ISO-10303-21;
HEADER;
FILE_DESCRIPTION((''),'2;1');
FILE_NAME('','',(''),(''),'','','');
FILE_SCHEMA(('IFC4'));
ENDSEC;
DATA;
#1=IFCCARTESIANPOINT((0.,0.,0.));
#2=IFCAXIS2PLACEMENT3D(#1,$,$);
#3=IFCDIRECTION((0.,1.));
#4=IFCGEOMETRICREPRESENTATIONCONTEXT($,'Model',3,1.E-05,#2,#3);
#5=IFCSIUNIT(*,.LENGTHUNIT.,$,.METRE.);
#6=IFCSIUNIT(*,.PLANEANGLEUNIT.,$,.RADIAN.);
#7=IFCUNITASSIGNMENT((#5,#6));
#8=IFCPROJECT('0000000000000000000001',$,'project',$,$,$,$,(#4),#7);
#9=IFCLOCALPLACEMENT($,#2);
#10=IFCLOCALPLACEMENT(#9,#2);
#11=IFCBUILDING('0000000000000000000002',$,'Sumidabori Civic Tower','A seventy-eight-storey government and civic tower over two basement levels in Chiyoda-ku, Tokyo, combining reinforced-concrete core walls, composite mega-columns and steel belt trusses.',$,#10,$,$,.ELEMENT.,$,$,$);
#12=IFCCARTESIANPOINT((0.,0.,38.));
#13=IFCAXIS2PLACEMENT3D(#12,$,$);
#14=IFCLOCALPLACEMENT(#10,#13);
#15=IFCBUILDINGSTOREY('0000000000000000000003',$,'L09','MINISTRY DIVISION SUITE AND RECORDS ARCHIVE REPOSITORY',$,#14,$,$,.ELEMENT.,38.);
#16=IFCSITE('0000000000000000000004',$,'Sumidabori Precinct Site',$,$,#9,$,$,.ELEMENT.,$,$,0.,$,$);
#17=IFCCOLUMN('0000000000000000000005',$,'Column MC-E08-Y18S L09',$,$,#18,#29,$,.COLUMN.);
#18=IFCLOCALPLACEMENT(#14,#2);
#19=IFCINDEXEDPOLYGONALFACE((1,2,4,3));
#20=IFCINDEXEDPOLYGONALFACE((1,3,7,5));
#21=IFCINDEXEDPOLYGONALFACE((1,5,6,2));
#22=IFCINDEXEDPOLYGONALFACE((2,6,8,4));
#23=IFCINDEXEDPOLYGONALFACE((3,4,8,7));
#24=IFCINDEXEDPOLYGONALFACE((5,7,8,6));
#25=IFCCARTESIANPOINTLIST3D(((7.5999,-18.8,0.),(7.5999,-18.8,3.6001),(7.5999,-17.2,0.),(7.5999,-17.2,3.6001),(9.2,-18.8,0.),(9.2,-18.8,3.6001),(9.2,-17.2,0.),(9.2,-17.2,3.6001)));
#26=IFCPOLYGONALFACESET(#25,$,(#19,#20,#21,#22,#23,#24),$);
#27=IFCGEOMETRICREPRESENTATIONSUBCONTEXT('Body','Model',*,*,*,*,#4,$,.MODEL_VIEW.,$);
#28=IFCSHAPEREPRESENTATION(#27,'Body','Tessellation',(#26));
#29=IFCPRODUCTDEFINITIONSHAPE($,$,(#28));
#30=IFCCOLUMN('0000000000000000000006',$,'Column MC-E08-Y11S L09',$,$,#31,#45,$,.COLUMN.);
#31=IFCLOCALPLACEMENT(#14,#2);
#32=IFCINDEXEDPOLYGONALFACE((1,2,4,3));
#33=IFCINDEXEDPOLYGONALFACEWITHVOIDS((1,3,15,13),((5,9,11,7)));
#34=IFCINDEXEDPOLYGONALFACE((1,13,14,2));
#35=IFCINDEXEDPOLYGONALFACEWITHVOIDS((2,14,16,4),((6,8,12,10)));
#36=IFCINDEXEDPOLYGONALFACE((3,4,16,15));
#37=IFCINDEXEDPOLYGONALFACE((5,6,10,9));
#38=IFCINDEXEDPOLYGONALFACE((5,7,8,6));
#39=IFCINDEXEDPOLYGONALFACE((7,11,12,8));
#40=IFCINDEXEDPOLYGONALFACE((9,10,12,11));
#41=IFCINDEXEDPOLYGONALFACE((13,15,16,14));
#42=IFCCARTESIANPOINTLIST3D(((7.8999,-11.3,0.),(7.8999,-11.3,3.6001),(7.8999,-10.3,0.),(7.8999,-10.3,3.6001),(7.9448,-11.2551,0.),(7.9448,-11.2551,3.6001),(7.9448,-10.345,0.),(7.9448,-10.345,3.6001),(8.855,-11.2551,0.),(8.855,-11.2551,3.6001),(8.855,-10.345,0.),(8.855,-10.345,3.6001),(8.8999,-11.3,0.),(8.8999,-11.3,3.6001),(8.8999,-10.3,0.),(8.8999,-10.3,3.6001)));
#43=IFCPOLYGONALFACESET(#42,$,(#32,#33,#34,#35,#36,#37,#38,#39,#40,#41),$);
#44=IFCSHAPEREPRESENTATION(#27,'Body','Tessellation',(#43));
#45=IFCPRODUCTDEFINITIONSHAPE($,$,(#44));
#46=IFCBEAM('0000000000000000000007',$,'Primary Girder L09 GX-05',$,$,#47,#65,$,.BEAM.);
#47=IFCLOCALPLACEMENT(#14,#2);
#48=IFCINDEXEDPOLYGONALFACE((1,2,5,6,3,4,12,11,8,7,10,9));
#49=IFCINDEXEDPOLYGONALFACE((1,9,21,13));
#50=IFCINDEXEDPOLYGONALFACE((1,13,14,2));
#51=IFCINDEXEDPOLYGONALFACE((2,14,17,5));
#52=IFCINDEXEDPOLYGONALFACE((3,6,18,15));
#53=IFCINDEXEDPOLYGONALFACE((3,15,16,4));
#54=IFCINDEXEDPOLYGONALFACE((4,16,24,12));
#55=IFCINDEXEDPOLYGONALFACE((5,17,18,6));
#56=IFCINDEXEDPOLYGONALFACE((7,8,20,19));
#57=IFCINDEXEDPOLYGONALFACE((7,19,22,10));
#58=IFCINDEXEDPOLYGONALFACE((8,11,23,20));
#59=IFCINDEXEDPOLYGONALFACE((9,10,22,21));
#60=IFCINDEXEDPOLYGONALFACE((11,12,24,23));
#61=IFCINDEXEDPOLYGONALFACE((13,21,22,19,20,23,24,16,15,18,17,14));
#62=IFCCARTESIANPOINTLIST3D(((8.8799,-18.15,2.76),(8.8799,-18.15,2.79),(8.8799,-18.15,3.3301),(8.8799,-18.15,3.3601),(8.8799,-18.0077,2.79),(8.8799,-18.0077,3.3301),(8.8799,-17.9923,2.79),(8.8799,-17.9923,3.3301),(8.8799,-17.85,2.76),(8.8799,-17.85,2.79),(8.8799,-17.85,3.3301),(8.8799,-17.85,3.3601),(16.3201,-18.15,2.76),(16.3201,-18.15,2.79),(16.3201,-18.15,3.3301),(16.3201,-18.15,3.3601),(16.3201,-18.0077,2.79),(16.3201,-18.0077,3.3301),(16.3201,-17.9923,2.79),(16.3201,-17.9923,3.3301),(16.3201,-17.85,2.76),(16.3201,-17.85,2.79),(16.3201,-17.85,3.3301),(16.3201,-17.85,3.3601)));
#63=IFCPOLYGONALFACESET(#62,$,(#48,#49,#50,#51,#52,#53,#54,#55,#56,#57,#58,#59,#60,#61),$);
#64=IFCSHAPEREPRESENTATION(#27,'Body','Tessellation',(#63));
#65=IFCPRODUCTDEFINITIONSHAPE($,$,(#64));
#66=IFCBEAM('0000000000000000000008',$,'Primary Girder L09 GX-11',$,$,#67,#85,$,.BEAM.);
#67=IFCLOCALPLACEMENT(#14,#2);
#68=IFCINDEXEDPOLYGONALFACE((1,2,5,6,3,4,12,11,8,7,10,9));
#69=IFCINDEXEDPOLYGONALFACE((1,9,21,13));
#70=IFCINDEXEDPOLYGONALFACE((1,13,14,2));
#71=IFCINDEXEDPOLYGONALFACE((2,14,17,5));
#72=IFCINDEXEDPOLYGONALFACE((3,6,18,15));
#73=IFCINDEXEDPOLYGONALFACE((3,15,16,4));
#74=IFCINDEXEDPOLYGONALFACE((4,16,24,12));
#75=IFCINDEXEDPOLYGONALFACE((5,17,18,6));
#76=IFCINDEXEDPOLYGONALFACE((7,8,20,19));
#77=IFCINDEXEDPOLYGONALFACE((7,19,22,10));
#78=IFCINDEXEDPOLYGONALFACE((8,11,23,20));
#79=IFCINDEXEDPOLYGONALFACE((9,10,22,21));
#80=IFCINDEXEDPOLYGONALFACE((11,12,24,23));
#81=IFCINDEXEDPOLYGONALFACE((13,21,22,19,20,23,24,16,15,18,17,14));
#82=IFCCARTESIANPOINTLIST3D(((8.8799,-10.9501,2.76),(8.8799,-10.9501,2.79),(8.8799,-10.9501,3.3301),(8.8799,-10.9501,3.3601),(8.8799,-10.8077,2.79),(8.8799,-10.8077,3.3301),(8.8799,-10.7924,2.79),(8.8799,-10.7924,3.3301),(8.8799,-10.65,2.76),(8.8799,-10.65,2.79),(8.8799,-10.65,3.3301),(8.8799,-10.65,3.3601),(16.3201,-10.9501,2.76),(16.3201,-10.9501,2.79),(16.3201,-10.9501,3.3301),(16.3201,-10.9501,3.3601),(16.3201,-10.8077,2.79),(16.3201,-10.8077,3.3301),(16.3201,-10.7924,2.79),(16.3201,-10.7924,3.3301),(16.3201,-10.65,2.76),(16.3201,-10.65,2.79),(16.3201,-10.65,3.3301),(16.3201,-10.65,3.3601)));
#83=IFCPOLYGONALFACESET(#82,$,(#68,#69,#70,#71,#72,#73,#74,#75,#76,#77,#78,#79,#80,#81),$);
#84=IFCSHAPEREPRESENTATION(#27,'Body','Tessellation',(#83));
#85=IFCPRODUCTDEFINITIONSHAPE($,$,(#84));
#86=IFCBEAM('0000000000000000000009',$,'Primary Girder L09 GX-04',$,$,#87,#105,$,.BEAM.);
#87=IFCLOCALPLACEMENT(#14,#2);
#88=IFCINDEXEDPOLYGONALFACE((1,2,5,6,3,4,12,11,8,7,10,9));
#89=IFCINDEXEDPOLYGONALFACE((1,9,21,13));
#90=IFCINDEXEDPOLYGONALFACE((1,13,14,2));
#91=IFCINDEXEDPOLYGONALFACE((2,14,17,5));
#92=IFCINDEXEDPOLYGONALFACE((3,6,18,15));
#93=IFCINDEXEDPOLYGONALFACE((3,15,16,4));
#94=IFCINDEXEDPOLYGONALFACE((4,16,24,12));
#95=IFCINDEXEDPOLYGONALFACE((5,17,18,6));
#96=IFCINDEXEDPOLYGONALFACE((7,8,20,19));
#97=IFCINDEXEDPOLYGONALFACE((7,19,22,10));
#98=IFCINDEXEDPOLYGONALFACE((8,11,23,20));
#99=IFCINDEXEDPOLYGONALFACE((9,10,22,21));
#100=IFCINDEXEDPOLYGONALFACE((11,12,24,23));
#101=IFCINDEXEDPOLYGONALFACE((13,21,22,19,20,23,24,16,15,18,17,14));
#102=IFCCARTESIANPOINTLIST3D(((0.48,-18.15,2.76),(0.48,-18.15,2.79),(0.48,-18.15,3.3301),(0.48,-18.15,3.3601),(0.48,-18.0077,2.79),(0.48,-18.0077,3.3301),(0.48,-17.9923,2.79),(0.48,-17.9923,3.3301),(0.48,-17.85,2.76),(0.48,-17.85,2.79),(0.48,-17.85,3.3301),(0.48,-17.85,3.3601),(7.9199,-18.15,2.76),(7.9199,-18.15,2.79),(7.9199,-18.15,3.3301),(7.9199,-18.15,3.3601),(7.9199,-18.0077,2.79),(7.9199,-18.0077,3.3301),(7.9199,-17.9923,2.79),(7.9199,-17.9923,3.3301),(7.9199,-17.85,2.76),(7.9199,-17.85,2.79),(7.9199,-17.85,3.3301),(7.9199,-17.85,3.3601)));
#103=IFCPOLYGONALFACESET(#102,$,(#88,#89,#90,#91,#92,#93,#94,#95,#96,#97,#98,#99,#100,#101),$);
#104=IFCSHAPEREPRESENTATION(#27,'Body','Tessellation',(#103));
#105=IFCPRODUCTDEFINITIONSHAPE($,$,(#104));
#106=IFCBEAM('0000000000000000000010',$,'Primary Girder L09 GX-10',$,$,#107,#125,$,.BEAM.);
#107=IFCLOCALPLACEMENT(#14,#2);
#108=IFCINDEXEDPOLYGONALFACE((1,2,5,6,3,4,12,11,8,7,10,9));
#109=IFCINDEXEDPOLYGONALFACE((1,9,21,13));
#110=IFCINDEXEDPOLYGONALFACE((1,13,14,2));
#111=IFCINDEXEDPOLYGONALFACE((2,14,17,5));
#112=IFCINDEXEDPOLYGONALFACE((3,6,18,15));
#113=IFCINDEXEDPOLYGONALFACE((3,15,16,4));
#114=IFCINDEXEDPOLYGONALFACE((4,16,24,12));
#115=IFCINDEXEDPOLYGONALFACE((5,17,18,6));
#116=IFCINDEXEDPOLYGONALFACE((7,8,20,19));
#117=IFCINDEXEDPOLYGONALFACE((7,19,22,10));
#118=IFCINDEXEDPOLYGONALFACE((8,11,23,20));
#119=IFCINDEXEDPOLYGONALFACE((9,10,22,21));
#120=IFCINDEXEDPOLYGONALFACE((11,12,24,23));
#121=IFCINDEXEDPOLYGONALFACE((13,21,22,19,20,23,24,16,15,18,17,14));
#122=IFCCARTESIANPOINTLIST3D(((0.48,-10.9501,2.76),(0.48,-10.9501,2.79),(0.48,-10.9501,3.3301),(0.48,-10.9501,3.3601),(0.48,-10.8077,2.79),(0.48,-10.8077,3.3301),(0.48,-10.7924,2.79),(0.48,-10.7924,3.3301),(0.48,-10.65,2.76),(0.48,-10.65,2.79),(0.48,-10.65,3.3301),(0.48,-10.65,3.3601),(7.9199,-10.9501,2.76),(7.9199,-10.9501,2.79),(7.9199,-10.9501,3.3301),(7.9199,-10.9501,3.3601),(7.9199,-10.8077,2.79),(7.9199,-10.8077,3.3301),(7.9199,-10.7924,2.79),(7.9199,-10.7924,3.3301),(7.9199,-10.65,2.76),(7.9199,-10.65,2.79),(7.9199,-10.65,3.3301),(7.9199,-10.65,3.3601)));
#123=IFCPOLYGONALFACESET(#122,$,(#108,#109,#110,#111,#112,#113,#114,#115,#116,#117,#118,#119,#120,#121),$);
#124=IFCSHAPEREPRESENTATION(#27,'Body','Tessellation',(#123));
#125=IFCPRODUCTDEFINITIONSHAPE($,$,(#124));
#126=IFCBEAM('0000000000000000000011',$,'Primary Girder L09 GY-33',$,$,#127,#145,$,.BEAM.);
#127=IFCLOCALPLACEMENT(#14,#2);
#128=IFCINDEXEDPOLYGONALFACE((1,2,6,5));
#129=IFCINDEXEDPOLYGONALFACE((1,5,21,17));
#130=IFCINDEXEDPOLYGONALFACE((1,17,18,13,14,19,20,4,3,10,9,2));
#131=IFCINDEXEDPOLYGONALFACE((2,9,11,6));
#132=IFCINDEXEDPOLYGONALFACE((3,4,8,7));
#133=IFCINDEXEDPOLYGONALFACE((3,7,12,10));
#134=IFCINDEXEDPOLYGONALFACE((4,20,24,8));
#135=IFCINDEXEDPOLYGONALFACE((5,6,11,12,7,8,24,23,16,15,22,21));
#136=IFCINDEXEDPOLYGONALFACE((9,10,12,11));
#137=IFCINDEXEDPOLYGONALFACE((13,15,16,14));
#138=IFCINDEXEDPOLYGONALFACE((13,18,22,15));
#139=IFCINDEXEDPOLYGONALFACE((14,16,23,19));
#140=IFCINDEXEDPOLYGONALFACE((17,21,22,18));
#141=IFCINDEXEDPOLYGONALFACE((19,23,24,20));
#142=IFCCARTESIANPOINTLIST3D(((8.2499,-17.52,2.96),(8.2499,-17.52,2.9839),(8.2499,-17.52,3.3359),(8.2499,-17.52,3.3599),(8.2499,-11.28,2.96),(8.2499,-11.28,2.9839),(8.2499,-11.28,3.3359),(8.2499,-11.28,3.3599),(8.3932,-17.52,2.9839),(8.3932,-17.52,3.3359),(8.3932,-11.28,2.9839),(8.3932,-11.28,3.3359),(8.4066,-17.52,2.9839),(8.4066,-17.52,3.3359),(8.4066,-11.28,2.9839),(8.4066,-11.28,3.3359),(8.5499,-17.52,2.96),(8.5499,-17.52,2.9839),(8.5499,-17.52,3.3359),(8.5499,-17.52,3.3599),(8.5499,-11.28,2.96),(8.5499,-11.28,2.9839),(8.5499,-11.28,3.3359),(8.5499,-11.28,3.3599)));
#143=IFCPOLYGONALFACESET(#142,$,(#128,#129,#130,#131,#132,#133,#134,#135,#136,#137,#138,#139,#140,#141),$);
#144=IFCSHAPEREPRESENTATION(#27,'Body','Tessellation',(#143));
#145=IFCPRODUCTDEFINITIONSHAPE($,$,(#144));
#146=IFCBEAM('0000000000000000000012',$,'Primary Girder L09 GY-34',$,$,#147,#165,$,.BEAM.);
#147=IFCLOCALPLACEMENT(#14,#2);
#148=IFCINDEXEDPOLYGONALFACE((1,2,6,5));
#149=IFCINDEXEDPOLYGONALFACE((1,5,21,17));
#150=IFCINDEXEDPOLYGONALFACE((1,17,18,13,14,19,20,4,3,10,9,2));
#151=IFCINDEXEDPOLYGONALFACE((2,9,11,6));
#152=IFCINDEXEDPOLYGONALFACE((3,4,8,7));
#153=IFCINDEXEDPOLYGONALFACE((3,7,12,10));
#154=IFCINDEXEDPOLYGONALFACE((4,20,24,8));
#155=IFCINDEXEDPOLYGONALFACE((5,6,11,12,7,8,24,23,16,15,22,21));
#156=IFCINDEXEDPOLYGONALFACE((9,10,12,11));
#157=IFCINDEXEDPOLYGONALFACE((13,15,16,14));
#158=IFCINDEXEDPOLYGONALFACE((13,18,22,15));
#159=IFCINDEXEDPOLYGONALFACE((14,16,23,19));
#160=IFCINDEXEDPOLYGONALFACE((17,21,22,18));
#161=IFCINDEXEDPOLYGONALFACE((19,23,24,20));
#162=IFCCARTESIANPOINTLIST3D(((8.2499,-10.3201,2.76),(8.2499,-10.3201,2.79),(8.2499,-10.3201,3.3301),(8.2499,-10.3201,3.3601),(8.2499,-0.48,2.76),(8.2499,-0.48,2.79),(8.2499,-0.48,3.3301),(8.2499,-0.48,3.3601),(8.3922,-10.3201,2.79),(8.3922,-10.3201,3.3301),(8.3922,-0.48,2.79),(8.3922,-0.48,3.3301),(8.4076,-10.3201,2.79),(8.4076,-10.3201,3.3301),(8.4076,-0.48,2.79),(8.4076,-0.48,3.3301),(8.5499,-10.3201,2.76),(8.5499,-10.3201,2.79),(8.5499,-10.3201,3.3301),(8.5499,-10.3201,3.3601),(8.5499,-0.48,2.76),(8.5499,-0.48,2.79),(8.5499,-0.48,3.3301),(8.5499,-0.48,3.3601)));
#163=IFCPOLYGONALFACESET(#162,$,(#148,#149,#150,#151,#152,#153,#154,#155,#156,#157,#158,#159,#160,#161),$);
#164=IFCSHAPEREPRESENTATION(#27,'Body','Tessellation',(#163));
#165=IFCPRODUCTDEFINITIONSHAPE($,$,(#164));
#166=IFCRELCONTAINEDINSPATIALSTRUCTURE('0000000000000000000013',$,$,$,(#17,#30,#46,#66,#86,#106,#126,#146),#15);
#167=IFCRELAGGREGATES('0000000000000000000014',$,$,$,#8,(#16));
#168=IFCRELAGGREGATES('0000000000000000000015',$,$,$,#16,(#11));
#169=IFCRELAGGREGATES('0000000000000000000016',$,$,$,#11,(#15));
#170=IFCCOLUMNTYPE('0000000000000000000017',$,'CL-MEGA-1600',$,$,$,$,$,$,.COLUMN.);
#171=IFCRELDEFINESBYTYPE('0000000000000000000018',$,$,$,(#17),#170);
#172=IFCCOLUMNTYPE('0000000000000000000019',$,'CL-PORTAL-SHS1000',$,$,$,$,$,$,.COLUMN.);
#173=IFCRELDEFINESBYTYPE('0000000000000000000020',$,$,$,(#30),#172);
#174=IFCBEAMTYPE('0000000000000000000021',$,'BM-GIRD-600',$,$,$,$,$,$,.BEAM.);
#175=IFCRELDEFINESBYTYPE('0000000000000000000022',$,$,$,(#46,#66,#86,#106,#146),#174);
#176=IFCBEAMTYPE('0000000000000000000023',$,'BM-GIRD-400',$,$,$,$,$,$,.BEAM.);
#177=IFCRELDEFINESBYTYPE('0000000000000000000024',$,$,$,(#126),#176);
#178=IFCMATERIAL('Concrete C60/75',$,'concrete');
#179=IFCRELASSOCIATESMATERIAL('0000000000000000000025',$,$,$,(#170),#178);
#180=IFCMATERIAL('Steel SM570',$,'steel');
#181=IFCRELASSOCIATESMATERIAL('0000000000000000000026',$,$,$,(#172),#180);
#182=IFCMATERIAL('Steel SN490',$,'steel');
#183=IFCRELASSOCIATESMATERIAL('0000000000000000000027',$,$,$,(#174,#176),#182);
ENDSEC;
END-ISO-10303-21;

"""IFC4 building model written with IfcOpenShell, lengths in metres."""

from ifc_helpers import new_model, si_unit, direction, frame, origin, origin_2d, place, context, subcontext, project, spatial, rectangle, hollow_rectangle, i_section, extrude, source, transform, mapped, material, material_profile, profile_set, type_object, element, save


model = new_model("IFC4")

# Units and contexts
model_context = context("Model", 3, precision=1e-05, world=origin(), true_north=direction((0.0, 1.0)))
body_context = subcontext(model_context, "Body", "Model", "MODEL_VIEW")
ifc_project = project(units=[si_unit("LENGTHUNIT", "METRE"), si_unit("PLANEANGLEUNIT", "RADIAN")], contexts=[model_context])

# Site, building, storey
site_placement = place(None, origin())
site = spatial("IfcSite", under=ifc_project, at=site_placement, Name="Sumidabori Precinct Site", CompositionType="ELEMENT", RefElevation=0.0)
building_placement = place(site_placement, origin())
building = spatial("IfcBuilding", under=site, at=building_placement, Name="Sumidabori Civic Tower", Description="A seventy-eight-storey government and civic tower over two basement levels in Chiyoda-ku, Tokyo, combining reinforced-concrete core walls, composite mega-columns and steel belt trusses.", CompositionType="ELEMENT")
storey_placement = place(building_placement, frame((0.0, 0.0, 38.0)))
storey = spatial("IfcBuildingStorey", under=building, at=storey_placement, Name="L09", Description="MINISTRY DIVISION SUITE AND RECORDS ARCHIVE REPOSITORY", CompositionType="ELEMENT", Elevation=38.0)

# Columns
ifc_material_1 = material(Name="Concrete C60/75", Category="concrete")
ifc_material_profile_1 = material_profile(ifc_material_1, rectangle(XDim=1.6001, YDim=1.6001, at=origin_2d()), Name="RC 1600x1600")
ifc_profile_set_1 = profile_set([ifc_material_profile_1], Name="Concrete C60/75")
column_type_1 = type_object("IfcColumnType", Name="CL-MEGA-1600", PredefinedType="COLUMN", material=ifc_profile_set_1)
shared_shape_1 = source(origin(), body_context, "Body", "SweptSolid", [
    extrude(rectangle(XDim=1.6001, YDim=1.6001, at=origin_2d()), origin(), (0.0, 0.0, 1.0), 3.6001),
])
column_1_placement = place(storey_placement, frame((8.3999, -18.0, 0.0), z_axis=(0.0, 0.0, 1.0), x_axis=(1.0, 0.0, 0.0)))
element("IfcColumn", 1, at=column_1_placement, inside=storey, type_object=column_type_1, Name="Column MC-E08-Y18S L09", PredefinedType="COLUMN", context=body_context, shape_type="MappedRepresentation", body=[
    mapped(shared_shape_1, transform((0.0, 0.0, 0.0), x_axis=(1.0, 0.0, 0.0), y_axis=(0.0, 1.0, 0.0), z_axis=(0.0, 0.0, 1.0), scale=1.0)),
])
ifc_material_2 = material(Name="Steel SM570", Category="steel")
ifc_material_profile_2 = material_profile(ifc_material_2, hollow_rectangle(XDim=1.0, YDim=1.0, WallThickness=0.0449, at=origin_2d()), Name="SHS 1000x1000x45")
ifc_profile_set_2 = profile_set([ifc_material_profile_2], Name="Steel SM570")
column_type_2 = type_object("IfcColumnType", Name="CL-PORTAL-SHS1000", PredefinedType="COLUMN", material=ifc_profile_set_2)
shared_shape_2 = source(origin(), body_context, "Body", "SweptSolid", [
    extrude(hollow_rectangle(XDim=1.0, YDim=1.0, WallThickness=0.0449, at=origin_2d()), origin(), (0.0, 0.0, 1.0), 3.6001),
])
column_2_placement = place(storey_placement, frame((8.3999, -10.8, 0.0), z_axis=(0.0, 0.0, 1.0), x_axis=(1.0, 0.0, 0.0)))
element("IfcColumn", 2, at=column_2_placement, inside=storey, type_object=column_type_2, Name="Column MC-E08-Y11S L09", PredefinedType="COLUMN", context=body_context, shape_type="MappedRepresentation", body=[
    mapped(shared_shape_2, transform((0.0, 0.0, 0.0), x_axis=(1.0, 0.0, 0.0), y_axis=(0.0, 1.0, 0.0), z_axis=(0.0, 0.0, 1.0), scale=1.0)),
])

# Beams
ifc_material_3 = material(Name="Steel SN490", Category="steel")
ifc_material_profile_3 = material_profile(ifc_material_3, i_section(OverallWidth=0.3, OverallDepth=0.6001, WebThickness=0.0154, FlangeThickness=0.03, at=origin_2d()), Name="HE 600 B")
ifc_profile_set_3 = profile_set([ifc_material_profile_3], Name="Steel SN490")
beam_type_1 = type_object("IfcBeamType", Name="BM-GIRD-600", PredefinedType="BEAM", material=ifc_profile_set_3)
shared_shape_3 = source(origin(), body_context, "Body", "SweptSolid", [
    extrude(i_section(OverallWidth=0.3, OverallDepth=0.6001, WebThickness=0.0154, FlangeThickness=0.03, at=origin_2d()), origin(), (0.0, 0.0, 1.0), 7.4402),
])
for number, where, z_axis, x_axis, name in (
    (3, (8.8799, -18.0, 3.0601), (1.0, 0.0, 0.0), (0.0, 1.0, 0.0), "Primary Girder L09 GX-05"),
    (4, (8.8799, -10.8, 3.0601), (1.0, 0.0, 0.0), (0.0, 1.0, 0.0), "Primary Girder L09 GX-11"),
):
    element("IfcBeam", number, at=place(storey_placement, frame(where, z_axis=z_axis, x_axis=x_axis)), inside=storey, type_object=beam_type_1, Name=name, PredefinedType="BEAM", context=body_context, shape_type="MappedRepresentation", body=[
        mapped(shared_shape_3, transform((0.0, 0.0, 0.0), x_axis=(1.0, 0.0, 0.0), y_axis=(0.0, 1.0, 0.0), z_axis=(0.0, 0.0, 1.0), scale=1.0)),
    ])
shared_shape_4 = source(origin(), body_context, "Body", "SweptSolid", [
    extrude(i_section(OverallWidth=0.3, OverallDepth=0.6001, WebThickness=0.0154, FlangeThickness=0.03, at=origin_2d()), origin(), (0.0, 0.0, 1.0), 7.4399),
])
for number, where, z_axis, x_axis, name in (
    (5, (0.48, -18.0, 3.0601), (1.0, 0.0, 0.0), (0.0, 1.0, 0.0), "Primary Girder L09 GX-04"),
    (6, (0.48, -10.8, 3.0601), (1.0, 0.0, 0.0), (0.0, 1.0, 0.0), "Primary Girder L09 GX-10"),
):
    element("IfcBeam", number, at=place(storey_placement, frame(where, z_axis=z_axis, x_axis=x_axis)), inside=storey, type_object=beam_type_1, Name=name, PredefinedType="BEAM", context=body_context, shape_type="MappedRepresentation", body=[
        mapped(shared_shape_4, transform((0.0, 0.0, 0.0), x_axis=(1.0, 0.0, 0.0), y_axis=(0.0, 1.0, 0.0), z_axis=(0.0, 0.0, 1.0), scale=1.0)),
    ])
ifc_material_profile_4 = material_profile(ifc_material_3, i_section(OverallWidth=0.3, OverallDepth=0.3999, WebThickness=0.0134, FlangeThickness=0.0239, at=origin_2d()), Name="HE 400 B")
ifc_profile_set_4 = profile_set([ifc_material_profile_4], Name="Steel SN490")
beam_type_2 = type_object("IfcBeamType", Name="BM-GIRD-400", PredefinedType="BEAM", material=ifc_profile_set_4)
shared_shape_5 = source(origin(), body_context, "Body", "SweptSolid", [
    extrude(i_section(OverallWidth=0.3, OverallDepth=0.3999, WebThickness=0.0134, FlangeThickness=0.0239, at=origin_2d()), origin(), (0.0, 0.0, 1.0), 6.24),
])
beam_1_placement = place(storey_placement, frame((8.3999, -17.52, 3.1599), z_axis=(0.0, 1.0, 0.0), x_axis=(-1.0, 0.0, 0.0)))
element("IfcBeam", 7, at=beam_1_placement, inside=storey, type_object=beam_type_2, Name="Primary Girder L09 GY-33", PredefinedType="BEAM", context=body_context, shape_type="MappedRepresentation", body=[
    mapped(shared_shape_5, transform((0.0, 0.0, 0.0), x_axis=(1.0, 0.0, 0.0), y_axis=(0.0, 1.0, 0.0), z_axis=(0.0, 0.0, 1.0), scale=1.0)),
])
shared_shape_6 = source(origin(), body_context, "Body", "SweptSolid", [
    extrude(i_section(OverallWidth=0.3, OverallDepth=0.6001, WebThickness=0.0154, FlangeThickness=0.03, at=origin_2d()), origin(), (0.0, 0.0, 1.0), 9.8401),
])
beam_2_placement = place(storey_placement, frame((8.3999, -10.3201, 3.0601), z_axis=(0.0, 1.0, 0.0), x_axis=(-1.0, 0.0, 0.0)))
element("IfcBeam", 8, at=beam_2_placement, inside=storey, type_object=beam_type_1, Name="Primary Girder L09 GY-34", PredefinedType="BEAM", context=body_context, shape_type="MappedRepresentation", body=[
    mapped(shared_shape_6, transform((0.0, 0.0, 0.0), x_axis=(1.0, 0.0, 0.0), y_axis=(0.0, 1.0, 0.0), z_axis=(0.0, 0.0, 1.0), scale=1.0)),
])

save(model, "model.ifc")
